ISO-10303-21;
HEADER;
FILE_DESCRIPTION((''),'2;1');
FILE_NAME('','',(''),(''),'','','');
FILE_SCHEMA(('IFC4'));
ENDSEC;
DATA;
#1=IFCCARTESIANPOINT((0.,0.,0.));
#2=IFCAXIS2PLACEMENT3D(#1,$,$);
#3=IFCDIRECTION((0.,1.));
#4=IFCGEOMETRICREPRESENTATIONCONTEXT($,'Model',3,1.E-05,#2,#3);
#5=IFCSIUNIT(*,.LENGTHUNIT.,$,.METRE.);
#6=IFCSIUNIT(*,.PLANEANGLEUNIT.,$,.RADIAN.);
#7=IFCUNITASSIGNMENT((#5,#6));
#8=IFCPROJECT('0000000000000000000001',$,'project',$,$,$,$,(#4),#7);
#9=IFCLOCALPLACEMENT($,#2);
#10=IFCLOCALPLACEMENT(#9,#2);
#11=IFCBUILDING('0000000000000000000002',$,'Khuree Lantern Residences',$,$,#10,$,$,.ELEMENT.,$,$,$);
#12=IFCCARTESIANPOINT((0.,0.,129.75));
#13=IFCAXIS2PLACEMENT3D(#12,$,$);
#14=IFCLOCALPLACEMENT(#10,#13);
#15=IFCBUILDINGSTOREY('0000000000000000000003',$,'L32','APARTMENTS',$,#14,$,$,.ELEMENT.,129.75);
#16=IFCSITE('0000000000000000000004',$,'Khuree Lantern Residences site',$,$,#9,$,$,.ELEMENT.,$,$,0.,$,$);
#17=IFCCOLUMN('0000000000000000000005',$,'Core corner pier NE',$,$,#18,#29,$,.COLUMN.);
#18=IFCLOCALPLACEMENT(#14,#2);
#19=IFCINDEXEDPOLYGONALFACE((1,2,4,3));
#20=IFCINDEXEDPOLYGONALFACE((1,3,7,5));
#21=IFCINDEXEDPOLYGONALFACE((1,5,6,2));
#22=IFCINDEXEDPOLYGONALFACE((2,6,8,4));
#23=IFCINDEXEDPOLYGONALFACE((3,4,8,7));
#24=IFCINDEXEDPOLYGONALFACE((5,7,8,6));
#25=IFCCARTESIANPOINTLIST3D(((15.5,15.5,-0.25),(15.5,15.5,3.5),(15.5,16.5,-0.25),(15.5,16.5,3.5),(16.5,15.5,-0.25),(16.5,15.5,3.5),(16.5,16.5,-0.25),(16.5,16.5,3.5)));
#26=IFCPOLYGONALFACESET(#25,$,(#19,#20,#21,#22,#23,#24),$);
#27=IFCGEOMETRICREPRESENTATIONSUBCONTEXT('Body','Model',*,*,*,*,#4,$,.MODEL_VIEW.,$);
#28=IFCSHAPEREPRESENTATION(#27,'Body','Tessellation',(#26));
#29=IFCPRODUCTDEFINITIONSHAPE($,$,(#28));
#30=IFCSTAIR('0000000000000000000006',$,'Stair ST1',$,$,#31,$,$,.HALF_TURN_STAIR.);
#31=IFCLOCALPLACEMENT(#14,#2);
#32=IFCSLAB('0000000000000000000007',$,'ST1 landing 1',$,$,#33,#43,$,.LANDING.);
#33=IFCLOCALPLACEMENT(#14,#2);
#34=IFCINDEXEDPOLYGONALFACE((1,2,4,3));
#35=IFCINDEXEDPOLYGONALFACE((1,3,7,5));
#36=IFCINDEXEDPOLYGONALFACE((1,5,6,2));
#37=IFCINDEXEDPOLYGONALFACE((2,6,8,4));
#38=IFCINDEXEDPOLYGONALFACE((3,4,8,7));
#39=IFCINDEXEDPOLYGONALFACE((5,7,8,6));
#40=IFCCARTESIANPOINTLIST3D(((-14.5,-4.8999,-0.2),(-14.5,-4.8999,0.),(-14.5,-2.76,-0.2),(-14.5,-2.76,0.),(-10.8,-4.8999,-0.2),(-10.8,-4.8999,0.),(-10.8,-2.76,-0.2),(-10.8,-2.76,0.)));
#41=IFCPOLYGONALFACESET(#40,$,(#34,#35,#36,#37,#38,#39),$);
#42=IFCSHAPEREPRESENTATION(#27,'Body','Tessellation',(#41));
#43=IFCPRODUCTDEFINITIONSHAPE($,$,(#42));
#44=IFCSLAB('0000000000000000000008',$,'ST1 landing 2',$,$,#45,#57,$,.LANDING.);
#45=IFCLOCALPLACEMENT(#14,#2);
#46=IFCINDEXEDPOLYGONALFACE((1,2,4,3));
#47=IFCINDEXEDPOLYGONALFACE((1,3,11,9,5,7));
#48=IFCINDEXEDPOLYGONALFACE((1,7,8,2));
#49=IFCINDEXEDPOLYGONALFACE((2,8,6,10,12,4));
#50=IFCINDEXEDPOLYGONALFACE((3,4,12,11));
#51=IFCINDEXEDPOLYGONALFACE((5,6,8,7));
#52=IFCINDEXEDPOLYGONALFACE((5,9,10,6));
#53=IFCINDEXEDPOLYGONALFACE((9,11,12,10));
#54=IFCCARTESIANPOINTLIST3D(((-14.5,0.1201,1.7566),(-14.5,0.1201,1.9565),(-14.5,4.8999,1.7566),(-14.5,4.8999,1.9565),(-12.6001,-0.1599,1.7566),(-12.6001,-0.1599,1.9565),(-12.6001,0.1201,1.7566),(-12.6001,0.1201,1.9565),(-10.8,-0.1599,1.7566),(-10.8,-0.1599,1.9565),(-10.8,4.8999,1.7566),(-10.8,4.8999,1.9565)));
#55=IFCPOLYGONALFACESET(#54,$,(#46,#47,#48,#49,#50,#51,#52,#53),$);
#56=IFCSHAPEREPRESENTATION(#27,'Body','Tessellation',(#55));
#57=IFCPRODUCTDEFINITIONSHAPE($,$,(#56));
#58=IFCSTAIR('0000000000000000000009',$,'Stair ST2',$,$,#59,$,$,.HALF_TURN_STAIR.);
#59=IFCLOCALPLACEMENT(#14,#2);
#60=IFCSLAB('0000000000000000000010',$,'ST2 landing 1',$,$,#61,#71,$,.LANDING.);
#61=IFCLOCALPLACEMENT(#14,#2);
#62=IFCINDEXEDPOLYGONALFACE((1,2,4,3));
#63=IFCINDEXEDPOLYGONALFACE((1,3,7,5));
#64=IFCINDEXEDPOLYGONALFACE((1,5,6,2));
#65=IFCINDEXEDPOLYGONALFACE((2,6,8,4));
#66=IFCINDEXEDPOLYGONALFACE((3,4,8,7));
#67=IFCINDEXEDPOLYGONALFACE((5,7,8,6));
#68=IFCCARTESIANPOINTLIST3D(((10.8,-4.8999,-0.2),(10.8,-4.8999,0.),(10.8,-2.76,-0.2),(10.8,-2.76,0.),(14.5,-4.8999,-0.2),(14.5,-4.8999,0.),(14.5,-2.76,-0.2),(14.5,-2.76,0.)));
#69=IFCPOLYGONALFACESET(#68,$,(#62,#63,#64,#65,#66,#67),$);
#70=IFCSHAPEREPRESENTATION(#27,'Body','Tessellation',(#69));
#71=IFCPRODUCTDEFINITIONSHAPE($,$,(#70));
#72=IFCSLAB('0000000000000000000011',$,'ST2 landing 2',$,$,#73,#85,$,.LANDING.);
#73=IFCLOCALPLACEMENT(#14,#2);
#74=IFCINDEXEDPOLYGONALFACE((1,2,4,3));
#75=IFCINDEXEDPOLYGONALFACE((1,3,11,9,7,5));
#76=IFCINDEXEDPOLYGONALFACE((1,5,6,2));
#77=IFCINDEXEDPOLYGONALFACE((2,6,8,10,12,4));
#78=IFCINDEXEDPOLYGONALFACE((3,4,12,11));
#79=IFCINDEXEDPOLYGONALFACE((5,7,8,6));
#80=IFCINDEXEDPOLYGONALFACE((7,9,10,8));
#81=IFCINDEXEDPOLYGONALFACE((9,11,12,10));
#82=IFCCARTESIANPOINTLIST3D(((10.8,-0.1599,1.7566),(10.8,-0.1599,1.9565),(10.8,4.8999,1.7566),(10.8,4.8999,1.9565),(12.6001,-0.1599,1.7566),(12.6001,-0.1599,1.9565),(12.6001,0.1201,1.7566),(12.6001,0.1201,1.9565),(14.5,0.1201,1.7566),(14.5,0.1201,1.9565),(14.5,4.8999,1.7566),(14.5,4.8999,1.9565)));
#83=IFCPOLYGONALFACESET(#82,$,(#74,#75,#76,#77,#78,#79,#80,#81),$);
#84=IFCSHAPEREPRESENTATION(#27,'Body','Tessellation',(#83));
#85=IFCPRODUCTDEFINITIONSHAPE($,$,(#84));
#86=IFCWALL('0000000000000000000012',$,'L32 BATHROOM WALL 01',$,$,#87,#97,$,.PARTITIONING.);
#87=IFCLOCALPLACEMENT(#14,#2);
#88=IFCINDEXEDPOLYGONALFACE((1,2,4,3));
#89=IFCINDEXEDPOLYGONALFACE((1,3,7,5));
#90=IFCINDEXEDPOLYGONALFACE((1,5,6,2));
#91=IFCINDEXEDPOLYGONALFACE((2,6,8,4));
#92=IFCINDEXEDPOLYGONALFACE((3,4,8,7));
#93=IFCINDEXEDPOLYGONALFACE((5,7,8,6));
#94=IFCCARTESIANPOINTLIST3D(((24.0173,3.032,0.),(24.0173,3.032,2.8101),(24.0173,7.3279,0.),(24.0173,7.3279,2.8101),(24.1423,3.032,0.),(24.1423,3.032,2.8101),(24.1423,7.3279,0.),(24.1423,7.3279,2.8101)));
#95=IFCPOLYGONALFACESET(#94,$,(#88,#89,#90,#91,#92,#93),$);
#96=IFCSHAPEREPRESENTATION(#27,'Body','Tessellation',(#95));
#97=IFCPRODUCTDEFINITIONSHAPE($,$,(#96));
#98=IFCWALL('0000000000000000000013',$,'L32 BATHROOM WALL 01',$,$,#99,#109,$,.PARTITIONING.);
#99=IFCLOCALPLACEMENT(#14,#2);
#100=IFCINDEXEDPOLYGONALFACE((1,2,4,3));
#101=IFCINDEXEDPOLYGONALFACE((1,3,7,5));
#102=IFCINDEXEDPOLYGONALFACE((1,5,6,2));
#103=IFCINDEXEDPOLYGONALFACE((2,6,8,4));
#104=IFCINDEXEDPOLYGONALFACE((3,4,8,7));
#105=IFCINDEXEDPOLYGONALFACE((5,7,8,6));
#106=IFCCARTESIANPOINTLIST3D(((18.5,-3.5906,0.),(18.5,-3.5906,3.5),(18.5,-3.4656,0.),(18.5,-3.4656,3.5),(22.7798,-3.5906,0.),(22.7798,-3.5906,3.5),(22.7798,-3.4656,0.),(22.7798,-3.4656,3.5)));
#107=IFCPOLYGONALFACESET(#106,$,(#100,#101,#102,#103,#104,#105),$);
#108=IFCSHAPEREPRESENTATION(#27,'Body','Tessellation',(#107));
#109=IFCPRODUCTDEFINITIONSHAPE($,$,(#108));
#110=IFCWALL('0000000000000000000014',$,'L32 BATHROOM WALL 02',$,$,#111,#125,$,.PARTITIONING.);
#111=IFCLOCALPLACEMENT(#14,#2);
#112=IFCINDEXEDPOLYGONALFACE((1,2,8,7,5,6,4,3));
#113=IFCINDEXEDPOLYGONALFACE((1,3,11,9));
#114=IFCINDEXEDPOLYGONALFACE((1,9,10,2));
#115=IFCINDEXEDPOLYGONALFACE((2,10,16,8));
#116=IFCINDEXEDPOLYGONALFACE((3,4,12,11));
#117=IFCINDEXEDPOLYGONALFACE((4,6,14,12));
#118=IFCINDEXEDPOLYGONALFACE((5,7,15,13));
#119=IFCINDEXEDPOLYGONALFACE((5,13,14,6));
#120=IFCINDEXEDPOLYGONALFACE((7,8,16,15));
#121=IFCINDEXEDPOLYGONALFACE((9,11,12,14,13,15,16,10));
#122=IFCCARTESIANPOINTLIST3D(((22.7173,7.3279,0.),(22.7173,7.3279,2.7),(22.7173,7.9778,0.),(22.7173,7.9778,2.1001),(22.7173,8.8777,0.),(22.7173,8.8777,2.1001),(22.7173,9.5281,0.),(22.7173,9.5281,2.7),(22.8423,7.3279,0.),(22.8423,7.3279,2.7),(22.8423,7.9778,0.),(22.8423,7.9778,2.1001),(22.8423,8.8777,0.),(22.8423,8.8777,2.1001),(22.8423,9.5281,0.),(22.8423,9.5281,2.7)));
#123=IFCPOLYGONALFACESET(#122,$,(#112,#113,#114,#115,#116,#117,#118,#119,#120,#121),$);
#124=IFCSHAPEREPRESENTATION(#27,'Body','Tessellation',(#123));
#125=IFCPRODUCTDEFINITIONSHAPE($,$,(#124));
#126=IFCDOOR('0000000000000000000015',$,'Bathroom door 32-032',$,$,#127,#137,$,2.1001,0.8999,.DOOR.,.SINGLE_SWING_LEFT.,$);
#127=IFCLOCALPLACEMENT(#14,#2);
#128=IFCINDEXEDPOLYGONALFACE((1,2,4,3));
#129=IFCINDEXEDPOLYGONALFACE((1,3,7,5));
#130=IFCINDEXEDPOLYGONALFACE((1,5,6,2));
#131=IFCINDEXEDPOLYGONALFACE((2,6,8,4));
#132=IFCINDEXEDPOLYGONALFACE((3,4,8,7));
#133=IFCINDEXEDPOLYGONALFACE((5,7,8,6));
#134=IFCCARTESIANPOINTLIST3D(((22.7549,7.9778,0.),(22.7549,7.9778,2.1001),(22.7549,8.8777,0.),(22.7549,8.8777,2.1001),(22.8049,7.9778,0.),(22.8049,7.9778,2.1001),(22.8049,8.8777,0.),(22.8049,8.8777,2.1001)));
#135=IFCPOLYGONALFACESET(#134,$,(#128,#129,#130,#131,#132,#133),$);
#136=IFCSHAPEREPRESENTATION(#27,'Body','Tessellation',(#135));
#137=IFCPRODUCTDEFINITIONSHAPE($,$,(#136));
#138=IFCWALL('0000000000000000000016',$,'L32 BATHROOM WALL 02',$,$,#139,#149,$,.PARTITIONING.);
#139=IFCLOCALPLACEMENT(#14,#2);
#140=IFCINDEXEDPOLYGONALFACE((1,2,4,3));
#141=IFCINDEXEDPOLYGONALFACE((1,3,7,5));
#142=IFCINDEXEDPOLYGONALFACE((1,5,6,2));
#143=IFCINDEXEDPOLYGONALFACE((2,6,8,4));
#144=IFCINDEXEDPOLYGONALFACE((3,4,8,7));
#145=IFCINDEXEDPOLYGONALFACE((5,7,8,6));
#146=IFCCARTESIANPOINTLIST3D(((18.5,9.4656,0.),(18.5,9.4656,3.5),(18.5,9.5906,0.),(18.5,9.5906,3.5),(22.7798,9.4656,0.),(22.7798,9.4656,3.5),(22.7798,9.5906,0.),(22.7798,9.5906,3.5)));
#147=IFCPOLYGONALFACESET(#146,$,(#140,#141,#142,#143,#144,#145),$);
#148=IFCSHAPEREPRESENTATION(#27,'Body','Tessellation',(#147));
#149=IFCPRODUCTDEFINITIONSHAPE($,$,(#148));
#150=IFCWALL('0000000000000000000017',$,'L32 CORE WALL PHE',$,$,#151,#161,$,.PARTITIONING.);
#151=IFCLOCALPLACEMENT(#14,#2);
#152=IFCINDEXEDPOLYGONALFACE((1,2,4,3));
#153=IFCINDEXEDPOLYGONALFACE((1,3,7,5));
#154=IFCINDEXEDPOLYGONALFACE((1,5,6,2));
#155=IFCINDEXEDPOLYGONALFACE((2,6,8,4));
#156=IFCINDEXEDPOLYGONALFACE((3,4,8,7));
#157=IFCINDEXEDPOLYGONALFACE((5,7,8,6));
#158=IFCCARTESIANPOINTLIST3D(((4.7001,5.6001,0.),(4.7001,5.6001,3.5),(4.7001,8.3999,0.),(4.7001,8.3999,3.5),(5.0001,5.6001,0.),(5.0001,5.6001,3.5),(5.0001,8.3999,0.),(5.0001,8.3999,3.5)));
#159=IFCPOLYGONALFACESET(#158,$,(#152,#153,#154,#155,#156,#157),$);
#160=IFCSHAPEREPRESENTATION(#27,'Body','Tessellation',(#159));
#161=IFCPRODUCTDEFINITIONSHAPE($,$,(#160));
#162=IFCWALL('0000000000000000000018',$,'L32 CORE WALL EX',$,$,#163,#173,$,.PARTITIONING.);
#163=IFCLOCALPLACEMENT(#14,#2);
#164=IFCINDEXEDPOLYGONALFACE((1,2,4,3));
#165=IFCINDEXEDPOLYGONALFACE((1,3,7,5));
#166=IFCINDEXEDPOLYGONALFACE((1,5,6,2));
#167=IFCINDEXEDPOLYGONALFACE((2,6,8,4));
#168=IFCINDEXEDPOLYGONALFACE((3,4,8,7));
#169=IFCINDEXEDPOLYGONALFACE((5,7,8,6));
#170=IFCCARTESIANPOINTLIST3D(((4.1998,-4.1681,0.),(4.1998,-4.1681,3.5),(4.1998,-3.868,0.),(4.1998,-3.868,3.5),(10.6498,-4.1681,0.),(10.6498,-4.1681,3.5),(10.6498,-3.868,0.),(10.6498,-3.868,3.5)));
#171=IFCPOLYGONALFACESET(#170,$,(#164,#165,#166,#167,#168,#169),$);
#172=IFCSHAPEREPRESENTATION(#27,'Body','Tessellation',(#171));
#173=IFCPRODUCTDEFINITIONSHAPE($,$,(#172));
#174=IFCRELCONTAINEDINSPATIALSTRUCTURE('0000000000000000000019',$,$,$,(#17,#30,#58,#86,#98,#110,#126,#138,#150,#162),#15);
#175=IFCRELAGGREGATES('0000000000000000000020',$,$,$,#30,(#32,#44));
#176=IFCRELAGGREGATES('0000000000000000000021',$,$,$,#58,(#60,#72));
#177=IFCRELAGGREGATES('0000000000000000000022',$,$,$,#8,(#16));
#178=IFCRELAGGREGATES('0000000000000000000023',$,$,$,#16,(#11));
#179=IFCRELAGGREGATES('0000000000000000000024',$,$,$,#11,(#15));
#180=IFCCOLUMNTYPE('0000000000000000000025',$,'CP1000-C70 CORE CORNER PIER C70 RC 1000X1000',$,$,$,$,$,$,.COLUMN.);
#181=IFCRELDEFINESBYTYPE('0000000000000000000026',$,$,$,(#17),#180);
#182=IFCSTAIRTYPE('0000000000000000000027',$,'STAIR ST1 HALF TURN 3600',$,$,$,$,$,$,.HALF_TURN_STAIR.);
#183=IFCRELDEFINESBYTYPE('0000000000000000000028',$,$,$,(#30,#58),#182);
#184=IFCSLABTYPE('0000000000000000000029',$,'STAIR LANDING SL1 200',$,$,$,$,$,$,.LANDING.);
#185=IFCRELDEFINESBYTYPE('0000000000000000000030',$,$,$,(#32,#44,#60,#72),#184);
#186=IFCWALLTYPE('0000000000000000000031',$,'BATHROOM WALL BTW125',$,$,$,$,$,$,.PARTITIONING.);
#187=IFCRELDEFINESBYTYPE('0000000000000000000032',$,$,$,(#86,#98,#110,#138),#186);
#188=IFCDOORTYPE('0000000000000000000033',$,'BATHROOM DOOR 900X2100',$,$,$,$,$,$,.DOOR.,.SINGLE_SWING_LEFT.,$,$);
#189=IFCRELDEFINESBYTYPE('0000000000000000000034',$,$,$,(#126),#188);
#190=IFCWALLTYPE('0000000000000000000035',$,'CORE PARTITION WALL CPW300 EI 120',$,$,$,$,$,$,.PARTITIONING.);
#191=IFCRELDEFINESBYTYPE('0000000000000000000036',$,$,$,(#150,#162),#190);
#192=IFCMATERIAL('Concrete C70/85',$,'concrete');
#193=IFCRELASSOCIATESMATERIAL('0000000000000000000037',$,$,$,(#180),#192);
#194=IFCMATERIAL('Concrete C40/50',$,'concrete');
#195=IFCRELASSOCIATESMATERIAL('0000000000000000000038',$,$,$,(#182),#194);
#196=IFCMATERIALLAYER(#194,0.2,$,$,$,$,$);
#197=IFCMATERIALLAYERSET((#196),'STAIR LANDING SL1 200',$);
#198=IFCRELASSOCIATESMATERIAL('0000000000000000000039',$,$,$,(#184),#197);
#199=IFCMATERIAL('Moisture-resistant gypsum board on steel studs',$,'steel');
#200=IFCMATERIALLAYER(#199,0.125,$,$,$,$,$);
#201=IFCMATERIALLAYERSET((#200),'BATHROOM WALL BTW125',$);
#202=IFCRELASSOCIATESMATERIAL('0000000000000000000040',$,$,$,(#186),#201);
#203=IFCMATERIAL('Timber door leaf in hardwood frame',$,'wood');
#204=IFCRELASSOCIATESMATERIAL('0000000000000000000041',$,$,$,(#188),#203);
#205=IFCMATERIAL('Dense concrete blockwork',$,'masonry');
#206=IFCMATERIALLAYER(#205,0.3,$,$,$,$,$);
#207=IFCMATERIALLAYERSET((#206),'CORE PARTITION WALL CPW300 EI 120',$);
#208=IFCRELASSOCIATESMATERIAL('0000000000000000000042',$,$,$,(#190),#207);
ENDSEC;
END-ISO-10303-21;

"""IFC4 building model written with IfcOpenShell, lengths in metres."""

from ifc_helpers import new_model, si_unit, direction, frame, frame_2d, origin, origin_2d, place, context, subcontext, project, spatial, polyline, rectangle, outline, extrude, material, layer, layer_set, material_profile, profile_set, type_object, element, fill, aggregate, save


model = new_model("IFC4")

# Units and contexts
model_context = context("Model", 3, precision=1e-05, world=origin(), true_north=direction((0.0, 1.0)))
body_context = subcontext(model_context, "Body", "Model", "MODEL_VIEW")
ifc_project = project(units=[si_unit("LENGTHUNIT", "METRE"), si_unit("PLANEANGLEUNIT", "RADIAN")], contexts=[model_context])

# Site, building, storey
site_placement = place(None, origin())
site = spatial("IfcSite", under=ifc_project, at=site_placement, Name="Khuree Lantern Residences site", CompositionType="ELEMENT", RefElevation=0.0)
building_placement = place(site_placement, origin())
building = spatial("IfcBuilding", under=site, at=building_placement, Name="Khuree Lantern Residences", CompositionType="ELEMENT")
storey_placement = place(building_placement, frame((0.0, 0.0, 129.75)))
storey = spatial("IfcBuildingStorey", under=building, at=storey_placement, Name="L32", Description="APARTMENTS", CompositionType="ELEMENT", Elevation=129.75)

# Column
ifc_material_1 = material(Name="Concrete C70/85", Category="concrete")
ifc_material_profile = material_profile(ifc_material_1, rectangle(XDim=1.0, YDim=1.0, at=origin_2d()), Name="RC 1000X1000")
ifc_profile_set = profile_set([ifc_material_profile], Name="Concrete C70/85")
column_type = type_object("IfcColumnType", Name="CP1000-C70 CORE CORNER PIER C70 RC 1000X1000", PredefinedType="COLUMN", material=ifc_profile_set)
column_placement = place(storey_placement, frame((16.0, 16.0, -0.25), z_axis=(0.0, 0.0, 1.0), x_axis=(1.0, 0.0, 0.0)))
element("IfcColumn", 1, at=column_placement, inside=storey, type_object=column_type, Name="Core corner pier NE", PredefinedType="COLUMN", context=body_context, shape_type="SweptSolid", body=[
    extrude(rectangle(XDim=1.0, YDim=1.0, at=origin_2d()), origin(), (0.0, 0.0, 1.0), 3.75),
])

# Stairs, slabs
ifc_material_2 = material(Name="Concrete C40/50", Category="concrete")
stair_type = type_object("IfcStairType", Name="STAIR ST1 HALF TURN 3600", PredefinedType="HALF_TURN_STAIR", material=ifc_material_2)
stair_1_placement = place(storey_placement, origin())
stair_1 = element("IfcStair", 2, at=stair_1_placement, inside=storey, type_object=stair_type, Name="Stair ST1", PredefinedType="HALF_TURN_STAIR")
ifc_layer_1 = layer(ifc_material_2, 0.2)
ifc_layer_set_1 = layer_set([ifc_layer_1], Name="STAIR LANDING SL1 200")
slab_type = type_object("IfcSlabType", Name="STAIR LANDING SL1 200", PredefinedType="LANDING", material=ifc_layer_set_1)
slab_1_placement = place(storey_placement, frame((0.0, 0.0, -0.2)))
slab_1 = element("IfcSlab", 3, at=slab_1_placement, type_object=slab_type, Name="ST1 landing 1", PredefinedType="LANDING", context=body_context, shape_type="SweptSolid", body=[
    extrude(outline(polyline([(-14.5, -4.8999), (-10.8, -4.8999), (-10.8, -2.76), (-14.5, -2.76), (-14.5, -4.8999)])), origin(), (0.0, 0.0, 1.0), 0.2),
])
slab_2_placement = place(storey_placement, frame((0.0, 0.0, 1.7566)))
slab_2 = element("IfcSlab", 4, at=slab_2_placement, type_object=slab_type, Name="ST1 landing 2", PredefinedType="LANDING", context=body_context, shape_type="SweptSolid", body=[
    extrude(outline(polyline([(-14.5, 0.1201), (-14.5, 4.8999), (-10.8, 4.8999), (-10.8, -0.1599), (-12.6001, -0.1599), (-12.6001, 0.1201), (-14.5, 0.1201)])), origin(), (0.0, 0.0, 1.0), 0.2),
])
aggregate(stair_1, [slab_1, slab_2])
stair_2_placement = place(storey_placement, origin())
stair_2 = element("IfcStair", 5, at=stair_2_placement, inside=storey, type_object=stair_type, Name="Stair ST2", PredefinedType="HALF_TURN_STAIR")
slab_3_placement = place(storey_placement, frame((0.0, 0.0, -0.2)))
slab_3 = element("IfcSlab", 6, at=slab_3_placement, type_object=slab_type, Name="ST2 landing 1", PredefinedType="LANDING", context=body_context, shape_type="SweptSolid", body=[
    extrude(outline(polyline([(10.8, -4.8999), (14.5, -4.8999), (14.5, -2.76), (10.8, -2.76), (10.8, -4.8999)])), origin(), (0.0, 0.0, 1.0), 0.2),
])
slab_4_placement = place(storey_placement, frame((0.0, 0.0, 1.7566)))
slab_4 = element("IfcSlab", 7, at=slab_4_placement, type_object=slab_type, Name="ST2 landing 2", PredefinedType="LANDING", context=body_context, shape_type="SweptSolid", body=[
    extrude(outline(polyline([(14.5, 4.8999), (14.5, 0.1201), (12.6001, 0.1201), (12.6001, -0.1599), (10.8, -0.1599), (10.8, 4.8999), (14.5, 4.8999)])), origin(), (0.0, 0.0, 1.0), 0.2),
])

# Walls
ifc_material_3 = material(Name="Moisture-resistant gypsum board on steel studs", Category="steel")
ifc_layer_2 = layer(ifc_material_3, 0.125)
ifc_layer_set_2 = layer_set([ifc_layer_2], Name="BATHROOM WALL BTW125")
wall_type_1 = type_object("IfcWallType", Name="BATHROOM WALL BTW125", PredefinedType="PARTITIONING", material=ifc_layer_set_2)
wall_1_placement = place(storey_placement, frame((24.0798, 3.032, 0.0), z_axis=(0.0, 0.0, 1.0), x_axis=(0.0, 1.0, 0.0)))
element("IfcWall", 8, at=wall_1_placement, inside=storey, type_object=wall_type_1, Name="L32 BATHROOM WALL 01", PredefinedType="PARTITIONING", context=body_context, shape_type="SweptSolid", body=[
    extrude(rectangle(XDim=4.2959, YDim=0.125, at=frame_2d((2.1479, 0.0))), origin(), (0.0, 0.0, 1.0), 2.8101),
])
wall_2_placement = place(storey_placement, frame((18.5, -3.5281, 0.0), z_axis=(0.0, 0.0, 1.0), x_axis=(1.0, 0.0, 0.0)))
element("IfcWall", 9, at=wall_2_placement, inside=storey, type_object=wall_type_1, Name="L32 BATHROOM WALL 01", PredefinedType="PARTITIONING", context=body_context, shape_type="SweptSolid", body=[
    extrude(rectangle(XDim=4.2798, YDim=0.125, at=frame_2d((2.1399, 0.0))), origin(), (0.0, 0.0, 1.0), 3.5),
])

# Wall, opening, door
wall_3_placement = place(storey_placement, frame((22.7798, 7.3279, 0.0), z_axis=(0.0, 0.0, 1.0), x_axis=(0.0, 1.0, 0.0)))
wall_3 = element("IfcWall", 10, at=wall_3_placement, inside=storey, type_object=wall_type_1, Name="L32 BATHROOM WALL 02", PredefinedType="PARTITIONING", context=body_context, shape_type="SweptSolid", body=[
    extrude(rectangle(XDim=2.2002, YDim=0.125, at=frame_2d((1.1001, 0.0))), origin(), (0.0, 0.0, 1.0), 2.7),
])
opening_1_placement = place(wall_3_placement, frame((0.6499, 0.0, 0.0)))
opening_1 = element("IfcOpeningElement", 11, at=opening_1_placement, cuts=wall_3, PredefinedType="OPENING", context=body_context, shape_type="SweptSolid", body=[
    extrude(rectangle(XDim=0.8999, YDim=2.1001, at=frame_2d((0.45, 1.05))), frame((0.0, 0.0725, 0.0), z_axis=(0.0, -1.0, 0.0), x_axis=(1.0, 0.0, 0.0)), (0.0, 0.0, 1.0), 0.145),
])
ifc_material_4 = material(Name="Timber door leaf in hardwood frame", Category="wood")
door_type_1 = type_object("IfcDoorType", Name="BATHROOM DOOR 900X2100", OperationType="SINGLE_SWING_LEFT", PredefinedType="DOOR", material=ifc_material_4)
door_1_placement = place(opening_1_placement, origin())
door_1 = element("IfcDoor", 12, at=door_1_placement, inside=storey, type_object=door_type_1, Name="Bathroom door 32-032", OperationType="SINGLE_SWING_LEFT", OverallHeight=2.1001, OverallWidth=0.8999, PredefinedType="DOOR", context=body_context, shape_type="SweptSolid", body=[
    extrude(rectangle(XDim=0.8999, YDim=2.1001, at=frame_2d((0.45, 1.05))), frame((0.0, 0.0249, 0.0), z_axis=(0.0, -1.0, 0.0), x_axis=(1.0, 0.0, 0.0)), (0.0, 0.0, 1.0), 0.05),
])
fill(opening_1, door_1)

# Walls
wall_4_placement = place(storey_placement, frame((18.5, 9.5281, 0.0), z_axis=(0.0, 0.0, 1.0), x_axis=(1.0, 0.0, 0.0)))
element("IfcWall", 13, at=wall_4_placement, inside=storey, type_object=wall_type_1, Name="L32 BATHROOM WALL 02", PredefinedType="PARTITIONING", context=body_context, shape_type="SweptSolid", body=[
    extrude(rectangle(XDim=4.2798, YDim=0.125, at=frame_2d((2.1399, 0.0))), origin(), (0.0, 0.0, 1.0), 3.5),
])
ifc_material_5 = material(Name="Dense concrete blockwork", Category="masonry")
ifc_layer_3 = layer(ifc_material_5, 0.3)
ifc_layer_set_3 = layer_set([ifc_layer_3], Name="CORE PARTITION WALL CPW300 EI 120")
wall_type_2 = type_object("IfcWallType", Name="CORE PARTITION WALL CPW300 EI 120", PredefinedType="PARTITIONING", material=ifc_layer_set_3)
wall_5_placement = place(storey_placement, frame((4.8501, 5.6001, 0.0), z_axis=(0.0, 0.0, 1.0), x_axis=(0.0, 1.0, 0.0)))
element("IfcWall", 14, at=wall_5_placement, inside=storey, type_object=wall_type_2, Name="L32 CORE WALL PHE", PredefinedType="PARTITIONING", context=body_context, shape_type="SweptSolid", body=[
    extrude(rectangle(XDim=2.7998, YDim=0.3, at=frame_2d((1.3999, 0.0))), origin(), (0.0, 0.0, 1.0), 3.5),
])
wall_6_placement = place(storey_placement, frame((10.6499, -4.0181, 0.0), z_axis=(0.0, 0.0, 1.0), x_axis=(-1.0, 0.0, 0.0)))
element("IfcWall", 15, at=wall_6_placement, inside=storey, type_object=wall_type_2, Name="L32 CORE WALL EX", PredefinedType="PARTITIONING", context=body_context, shape_type="SweptSolid", body=[
    extrude(rectangle(XDim=6.45, YDim=0.3, at=frame_2d((3.2251, 0.0))), origin(), (0.0, 0.0, 1.0), 3.5),
])

aggregate(stair_2, [slab_3, slab_4])

save(model, "model.ifc")
